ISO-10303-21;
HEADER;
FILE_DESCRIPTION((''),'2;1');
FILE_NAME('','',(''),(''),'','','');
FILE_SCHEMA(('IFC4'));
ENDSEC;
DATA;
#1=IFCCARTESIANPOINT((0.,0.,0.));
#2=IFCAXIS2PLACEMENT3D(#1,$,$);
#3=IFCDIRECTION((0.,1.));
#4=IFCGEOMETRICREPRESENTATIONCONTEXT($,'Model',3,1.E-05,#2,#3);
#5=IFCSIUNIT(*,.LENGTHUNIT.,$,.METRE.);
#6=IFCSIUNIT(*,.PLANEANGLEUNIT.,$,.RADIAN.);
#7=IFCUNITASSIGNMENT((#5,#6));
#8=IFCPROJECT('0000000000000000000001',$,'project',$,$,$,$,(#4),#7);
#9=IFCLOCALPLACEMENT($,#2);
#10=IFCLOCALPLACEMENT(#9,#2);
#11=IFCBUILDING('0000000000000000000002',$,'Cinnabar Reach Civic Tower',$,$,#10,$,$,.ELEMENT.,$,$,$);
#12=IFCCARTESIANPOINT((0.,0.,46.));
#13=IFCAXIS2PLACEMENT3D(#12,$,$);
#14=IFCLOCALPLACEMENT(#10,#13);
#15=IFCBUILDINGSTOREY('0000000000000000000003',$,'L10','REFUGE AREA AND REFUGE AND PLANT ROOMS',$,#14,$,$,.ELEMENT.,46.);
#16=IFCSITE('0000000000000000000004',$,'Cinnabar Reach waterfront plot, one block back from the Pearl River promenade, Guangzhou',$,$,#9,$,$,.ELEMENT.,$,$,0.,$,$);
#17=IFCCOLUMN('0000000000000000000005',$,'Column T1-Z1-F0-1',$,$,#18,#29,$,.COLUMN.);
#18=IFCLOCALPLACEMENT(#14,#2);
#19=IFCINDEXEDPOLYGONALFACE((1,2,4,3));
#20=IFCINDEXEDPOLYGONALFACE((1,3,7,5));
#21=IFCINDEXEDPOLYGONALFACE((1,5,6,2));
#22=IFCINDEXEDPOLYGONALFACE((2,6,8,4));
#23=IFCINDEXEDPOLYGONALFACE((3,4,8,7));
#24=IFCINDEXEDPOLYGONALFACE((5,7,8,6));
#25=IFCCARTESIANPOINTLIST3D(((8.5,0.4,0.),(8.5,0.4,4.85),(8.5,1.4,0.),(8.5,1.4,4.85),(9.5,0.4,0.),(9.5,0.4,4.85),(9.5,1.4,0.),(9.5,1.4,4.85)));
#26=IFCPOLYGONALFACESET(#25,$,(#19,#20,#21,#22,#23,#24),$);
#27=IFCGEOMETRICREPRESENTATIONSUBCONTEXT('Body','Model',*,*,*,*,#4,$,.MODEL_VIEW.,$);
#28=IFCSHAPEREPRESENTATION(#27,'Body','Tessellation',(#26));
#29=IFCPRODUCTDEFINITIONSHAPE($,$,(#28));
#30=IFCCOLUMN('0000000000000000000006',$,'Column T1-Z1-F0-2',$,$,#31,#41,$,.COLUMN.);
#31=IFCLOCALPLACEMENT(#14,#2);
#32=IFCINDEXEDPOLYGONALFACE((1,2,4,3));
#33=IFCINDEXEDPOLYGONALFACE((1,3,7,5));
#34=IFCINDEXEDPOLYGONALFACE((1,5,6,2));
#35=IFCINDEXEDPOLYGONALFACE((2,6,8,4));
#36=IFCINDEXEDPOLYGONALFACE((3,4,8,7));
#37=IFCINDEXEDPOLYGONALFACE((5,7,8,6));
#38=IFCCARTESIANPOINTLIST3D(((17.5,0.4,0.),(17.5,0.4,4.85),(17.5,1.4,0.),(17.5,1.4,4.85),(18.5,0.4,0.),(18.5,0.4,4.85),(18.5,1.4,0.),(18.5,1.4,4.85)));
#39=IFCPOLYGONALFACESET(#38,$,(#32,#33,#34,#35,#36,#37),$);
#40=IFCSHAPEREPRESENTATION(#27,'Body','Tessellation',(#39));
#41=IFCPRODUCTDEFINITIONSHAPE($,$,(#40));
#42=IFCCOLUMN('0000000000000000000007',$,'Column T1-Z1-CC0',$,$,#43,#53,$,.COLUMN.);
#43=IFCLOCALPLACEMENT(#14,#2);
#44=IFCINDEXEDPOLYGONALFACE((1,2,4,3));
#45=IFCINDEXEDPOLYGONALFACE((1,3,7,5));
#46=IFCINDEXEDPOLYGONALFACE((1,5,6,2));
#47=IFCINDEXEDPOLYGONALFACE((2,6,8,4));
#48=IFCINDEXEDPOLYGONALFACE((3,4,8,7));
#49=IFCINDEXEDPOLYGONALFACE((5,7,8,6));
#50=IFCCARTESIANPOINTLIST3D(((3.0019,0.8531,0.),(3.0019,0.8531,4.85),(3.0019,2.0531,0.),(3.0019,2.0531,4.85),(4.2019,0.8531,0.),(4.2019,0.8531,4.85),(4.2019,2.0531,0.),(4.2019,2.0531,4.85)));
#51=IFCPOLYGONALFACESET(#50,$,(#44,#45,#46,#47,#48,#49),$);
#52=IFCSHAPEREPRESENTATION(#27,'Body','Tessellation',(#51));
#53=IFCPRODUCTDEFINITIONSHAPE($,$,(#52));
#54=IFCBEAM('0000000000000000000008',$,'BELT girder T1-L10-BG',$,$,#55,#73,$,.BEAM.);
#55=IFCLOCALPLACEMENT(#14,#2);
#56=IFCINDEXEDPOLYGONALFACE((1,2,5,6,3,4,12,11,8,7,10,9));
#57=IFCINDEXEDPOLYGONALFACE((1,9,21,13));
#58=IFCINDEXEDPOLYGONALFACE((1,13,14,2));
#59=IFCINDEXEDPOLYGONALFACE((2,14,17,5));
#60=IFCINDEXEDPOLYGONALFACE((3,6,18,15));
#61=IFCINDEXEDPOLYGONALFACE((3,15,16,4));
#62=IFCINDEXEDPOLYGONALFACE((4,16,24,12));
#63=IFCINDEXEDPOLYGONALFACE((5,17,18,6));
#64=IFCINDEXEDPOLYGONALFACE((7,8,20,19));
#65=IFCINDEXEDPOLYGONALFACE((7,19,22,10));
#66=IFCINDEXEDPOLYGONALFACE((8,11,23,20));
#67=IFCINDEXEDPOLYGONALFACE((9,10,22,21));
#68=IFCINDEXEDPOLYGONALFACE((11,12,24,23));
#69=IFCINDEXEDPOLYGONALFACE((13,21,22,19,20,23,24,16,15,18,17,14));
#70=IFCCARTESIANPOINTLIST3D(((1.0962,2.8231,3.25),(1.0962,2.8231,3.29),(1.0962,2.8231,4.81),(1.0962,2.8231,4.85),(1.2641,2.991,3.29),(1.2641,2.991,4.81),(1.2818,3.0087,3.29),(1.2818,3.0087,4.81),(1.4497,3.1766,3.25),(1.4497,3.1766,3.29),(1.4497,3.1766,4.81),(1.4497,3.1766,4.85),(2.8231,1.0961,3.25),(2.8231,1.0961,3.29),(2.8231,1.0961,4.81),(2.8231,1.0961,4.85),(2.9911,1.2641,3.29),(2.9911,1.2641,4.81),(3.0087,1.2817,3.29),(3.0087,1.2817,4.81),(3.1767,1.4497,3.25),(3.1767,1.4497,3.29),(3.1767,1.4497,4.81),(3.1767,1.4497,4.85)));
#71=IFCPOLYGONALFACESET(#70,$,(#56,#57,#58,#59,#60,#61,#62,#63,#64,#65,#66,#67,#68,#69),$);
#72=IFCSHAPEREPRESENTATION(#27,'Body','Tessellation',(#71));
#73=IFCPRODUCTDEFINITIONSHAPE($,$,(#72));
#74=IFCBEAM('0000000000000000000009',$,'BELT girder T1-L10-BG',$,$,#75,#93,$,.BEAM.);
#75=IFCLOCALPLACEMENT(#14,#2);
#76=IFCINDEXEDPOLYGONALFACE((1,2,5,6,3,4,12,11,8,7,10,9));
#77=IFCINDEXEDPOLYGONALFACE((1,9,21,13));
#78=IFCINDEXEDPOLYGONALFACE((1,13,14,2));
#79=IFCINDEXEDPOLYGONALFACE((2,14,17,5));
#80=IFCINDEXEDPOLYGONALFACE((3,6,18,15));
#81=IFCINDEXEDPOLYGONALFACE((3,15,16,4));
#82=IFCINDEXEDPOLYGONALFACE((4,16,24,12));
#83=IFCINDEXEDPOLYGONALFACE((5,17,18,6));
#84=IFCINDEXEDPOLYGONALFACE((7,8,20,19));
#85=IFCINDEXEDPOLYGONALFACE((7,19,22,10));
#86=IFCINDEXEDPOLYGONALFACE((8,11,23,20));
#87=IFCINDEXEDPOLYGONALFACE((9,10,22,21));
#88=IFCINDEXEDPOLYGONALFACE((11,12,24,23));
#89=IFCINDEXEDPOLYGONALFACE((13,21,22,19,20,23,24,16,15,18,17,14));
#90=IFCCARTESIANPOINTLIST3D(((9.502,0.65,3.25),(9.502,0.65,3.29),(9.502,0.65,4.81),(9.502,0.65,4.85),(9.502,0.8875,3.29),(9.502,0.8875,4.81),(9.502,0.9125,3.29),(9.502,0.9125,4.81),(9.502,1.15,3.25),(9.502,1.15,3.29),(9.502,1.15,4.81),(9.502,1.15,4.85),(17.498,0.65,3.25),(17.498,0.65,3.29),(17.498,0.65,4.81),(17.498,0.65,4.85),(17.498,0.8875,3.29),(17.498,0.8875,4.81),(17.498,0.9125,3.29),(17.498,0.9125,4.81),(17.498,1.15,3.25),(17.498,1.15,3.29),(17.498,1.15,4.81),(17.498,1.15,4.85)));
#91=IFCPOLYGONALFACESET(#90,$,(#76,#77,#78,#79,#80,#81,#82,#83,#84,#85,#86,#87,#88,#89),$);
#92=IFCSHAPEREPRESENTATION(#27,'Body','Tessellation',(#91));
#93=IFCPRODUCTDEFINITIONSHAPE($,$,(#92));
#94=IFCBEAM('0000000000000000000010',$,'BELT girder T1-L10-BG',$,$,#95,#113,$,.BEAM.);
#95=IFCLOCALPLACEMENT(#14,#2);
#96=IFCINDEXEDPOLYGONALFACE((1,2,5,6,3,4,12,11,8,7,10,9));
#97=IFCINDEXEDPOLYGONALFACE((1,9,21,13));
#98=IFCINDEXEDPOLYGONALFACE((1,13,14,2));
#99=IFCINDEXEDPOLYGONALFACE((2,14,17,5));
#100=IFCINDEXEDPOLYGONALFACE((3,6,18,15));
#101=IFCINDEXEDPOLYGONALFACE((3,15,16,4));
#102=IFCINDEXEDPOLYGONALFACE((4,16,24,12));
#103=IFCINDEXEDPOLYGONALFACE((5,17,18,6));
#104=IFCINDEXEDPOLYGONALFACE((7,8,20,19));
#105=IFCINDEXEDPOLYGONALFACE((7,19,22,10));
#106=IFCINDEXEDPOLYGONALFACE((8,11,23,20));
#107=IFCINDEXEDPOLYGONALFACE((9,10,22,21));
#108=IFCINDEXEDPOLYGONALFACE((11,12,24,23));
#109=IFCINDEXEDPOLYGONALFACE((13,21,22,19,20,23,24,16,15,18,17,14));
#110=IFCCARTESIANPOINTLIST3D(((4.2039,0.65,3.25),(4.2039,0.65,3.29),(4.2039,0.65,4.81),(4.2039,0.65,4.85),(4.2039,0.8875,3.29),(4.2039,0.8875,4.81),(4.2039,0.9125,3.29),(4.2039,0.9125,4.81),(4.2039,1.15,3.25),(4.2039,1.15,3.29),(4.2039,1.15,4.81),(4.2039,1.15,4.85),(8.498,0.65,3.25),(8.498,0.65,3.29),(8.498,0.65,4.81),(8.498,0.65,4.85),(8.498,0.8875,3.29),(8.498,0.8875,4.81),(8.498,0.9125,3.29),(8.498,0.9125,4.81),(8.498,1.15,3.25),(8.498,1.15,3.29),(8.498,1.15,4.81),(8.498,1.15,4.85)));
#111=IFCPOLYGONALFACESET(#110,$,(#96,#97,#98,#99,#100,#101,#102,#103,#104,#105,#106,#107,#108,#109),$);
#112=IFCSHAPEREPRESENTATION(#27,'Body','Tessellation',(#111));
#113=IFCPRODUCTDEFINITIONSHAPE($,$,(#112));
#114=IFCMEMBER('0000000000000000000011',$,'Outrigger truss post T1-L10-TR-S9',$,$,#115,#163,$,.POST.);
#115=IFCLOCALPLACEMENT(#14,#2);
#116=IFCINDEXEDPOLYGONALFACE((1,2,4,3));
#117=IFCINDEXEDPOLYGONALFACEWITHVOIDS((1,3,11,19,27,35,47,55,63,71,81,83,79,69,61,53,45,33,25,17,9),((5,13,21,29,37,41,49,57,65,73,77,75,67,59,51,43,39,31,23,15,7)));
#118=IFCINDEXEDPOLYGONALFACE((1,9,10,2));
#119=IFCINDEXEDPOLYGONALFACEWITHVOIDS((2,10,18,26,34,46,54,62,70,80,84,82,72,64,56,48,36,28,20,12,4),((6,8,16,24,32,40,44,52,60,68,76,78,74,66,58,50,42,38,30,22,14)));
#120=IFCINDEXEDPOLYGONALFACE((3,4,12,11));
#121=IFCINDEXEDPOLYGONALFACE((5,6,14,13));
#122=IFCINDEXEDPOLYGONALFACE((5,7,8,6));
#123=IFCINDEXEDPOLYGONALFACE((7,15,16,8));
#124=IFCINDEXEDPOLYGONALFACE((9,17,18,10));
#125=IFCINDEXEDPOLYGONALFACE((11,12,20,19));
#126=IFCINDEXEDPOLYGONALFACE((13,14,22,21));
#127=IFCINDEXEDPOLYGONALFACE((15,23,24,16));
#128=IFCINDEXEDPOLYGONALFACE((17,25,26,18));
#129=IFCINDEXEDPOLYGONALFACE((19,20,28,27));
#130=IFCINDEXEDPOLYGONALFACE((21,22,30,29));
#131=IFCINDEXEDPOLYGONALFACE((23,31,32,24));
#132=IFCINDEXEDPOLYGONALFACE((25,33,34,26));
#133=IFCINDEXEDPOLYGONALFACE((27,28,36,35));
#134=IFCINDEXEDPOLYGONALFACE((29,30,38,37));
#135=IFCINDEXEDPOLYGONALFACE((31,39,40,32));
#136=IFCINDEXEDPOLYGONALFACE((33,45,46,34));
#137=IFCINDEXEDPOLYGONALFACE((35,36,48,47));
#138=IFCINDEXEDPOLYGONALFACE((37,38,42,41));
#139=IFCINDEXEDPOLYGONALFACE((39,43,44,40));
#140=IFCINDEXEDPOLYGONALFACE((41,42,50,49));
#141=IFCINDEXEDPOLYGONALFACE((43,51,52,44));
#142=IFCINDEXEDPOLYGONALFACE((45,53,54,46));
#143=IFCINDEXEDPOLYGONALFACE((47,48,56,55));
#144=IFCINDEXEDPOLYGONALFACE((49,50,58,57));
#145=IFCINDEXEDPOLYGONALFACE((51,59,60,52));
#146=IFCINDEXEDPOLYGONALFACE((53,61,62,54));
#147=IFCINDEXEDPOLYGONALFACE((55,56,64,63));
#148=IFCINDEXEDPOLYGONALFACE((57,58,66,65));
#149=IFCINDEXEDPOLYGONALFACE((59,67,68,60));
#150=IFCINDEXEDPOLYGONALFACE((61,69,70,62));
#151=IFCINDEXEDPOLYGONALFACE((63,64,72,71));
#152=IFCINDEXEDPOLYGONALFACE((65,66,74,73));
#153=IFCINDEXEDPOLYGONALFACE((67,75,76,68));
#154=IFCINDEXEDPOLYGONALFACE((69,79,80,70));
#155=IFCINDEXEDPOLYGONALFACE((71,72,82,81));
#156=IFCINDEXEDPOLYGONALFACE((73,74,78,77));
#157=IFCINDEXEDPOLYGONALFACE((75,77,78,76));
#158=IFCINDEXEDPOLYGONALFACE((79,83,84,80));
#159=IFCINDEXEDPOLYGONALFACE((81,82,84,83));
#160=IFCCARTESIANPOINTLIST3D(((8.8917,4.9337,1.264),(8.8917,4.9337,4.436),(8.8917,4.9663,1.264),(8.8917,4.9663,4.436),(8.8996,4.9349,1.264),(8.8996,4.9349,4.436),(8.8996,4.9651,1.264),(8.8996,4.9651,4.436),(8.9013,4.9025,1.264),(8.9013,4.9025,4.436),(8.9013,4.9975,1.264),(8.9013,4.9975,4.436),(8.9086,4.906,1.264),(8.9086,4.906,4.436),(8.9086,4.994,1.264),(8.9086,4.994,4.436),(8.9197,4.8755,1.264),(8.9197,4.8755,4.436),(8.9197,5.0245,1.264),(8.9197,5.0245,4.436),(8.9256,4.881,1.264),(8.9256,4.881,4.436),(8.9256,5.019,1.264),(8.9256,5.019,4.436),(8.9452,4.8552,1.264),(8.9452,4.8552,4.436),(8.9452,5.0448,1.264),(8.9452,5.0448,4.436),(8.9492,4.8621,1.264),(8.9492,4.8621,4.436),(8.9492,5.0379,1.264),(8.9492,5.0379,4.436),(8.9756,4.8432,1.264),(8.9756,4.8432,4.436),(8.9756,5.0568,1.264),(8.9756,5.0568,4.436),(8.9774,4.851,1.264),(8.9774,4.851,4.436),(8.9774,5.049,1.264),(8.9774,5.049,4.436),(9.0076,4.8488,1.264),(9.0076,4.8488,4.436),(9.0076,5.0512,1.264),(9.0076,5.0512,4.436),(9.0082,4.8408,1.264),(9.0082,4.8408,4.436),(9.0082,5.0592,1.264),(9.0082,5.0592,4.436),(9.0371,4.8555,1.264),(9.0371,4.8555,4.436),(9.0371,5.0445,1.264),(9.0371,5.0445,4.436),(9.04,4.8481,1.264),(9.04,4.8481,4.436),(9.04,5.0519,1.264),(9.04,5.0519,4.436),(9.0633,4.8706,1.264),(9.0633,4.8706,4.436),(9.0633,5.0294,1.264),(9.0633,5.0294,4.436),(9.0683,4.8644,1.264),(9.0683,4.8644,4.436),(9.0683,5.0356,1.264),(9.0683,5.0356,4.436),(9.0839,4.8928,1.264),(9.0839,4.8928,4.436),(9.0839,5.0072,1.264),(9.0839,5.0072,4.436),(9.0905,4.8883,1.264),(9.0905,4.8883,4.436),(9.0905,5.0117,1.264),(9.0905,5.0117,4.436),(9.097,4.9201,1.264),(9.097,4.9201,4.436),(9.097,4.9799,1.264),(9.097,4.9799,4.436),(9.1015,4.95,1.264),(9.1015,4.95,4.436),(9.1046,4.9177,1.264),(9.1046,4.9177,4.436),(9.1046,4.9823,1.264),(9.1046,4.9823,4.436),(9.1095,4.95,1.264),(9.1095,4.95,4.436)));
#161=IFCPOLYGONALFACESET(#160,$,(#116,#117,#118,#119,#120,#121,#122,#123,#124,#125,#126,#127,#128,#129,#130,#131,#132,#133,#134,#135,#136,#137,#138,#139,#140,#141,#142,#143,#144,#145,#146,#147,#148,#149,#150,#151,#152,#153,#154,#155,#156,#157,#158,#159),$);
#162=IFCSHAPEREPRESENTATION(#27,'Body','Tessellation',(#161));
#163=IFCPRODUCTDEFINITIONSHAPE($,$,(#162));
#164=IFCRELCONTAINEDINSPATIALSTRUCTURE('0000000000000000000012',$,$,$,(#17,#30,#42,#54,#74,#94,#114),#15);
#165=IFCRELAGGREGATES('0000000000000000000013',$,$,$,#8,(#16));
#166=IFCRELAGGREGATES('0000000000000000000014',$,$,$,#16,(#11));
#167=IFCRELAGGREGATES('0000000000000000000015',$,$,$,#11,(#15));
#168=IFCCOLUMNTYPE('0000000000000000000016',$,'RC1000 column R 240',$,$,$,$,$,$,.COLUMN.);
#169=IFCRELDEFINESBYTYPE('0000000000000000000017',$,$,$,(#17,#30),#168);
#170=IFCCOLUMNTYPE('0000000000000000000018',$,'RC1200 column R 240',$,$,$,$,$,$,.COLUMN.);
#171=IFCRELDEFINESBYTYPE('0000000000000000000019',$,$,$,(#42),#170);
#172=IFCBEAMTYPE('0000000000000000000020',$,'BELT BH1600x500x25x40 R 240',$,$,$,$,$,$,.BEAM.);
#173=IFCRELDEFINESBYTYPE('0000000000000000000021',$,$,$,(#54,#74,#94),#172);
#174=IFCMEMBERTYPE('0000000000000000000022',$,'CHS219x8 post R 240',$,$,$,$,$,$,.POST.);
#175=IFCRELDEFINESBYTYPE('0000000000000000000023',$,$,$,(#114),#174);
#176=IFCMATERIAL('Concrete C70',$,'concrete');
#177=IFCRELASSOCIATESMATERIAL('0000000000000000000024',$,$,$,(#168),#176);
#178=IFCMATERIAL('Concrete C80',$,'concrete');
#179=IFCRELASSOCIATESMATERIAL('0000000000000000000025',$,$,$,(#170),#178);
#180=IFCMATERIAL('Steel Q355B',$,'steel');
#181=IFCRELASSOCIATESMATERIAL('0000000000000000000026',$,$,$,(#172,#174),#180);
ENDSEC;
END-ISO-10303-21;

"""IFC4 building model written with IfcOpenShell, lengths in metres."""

from ifc_helpers import new_model, si_unit, direction, frame, origin, origin_2d, place, context, subcontext, project, spatial, rectangle, hollow_circle, i_section, extrude, material, material_profile, profile_set, type_object, element, save


model = new_model("IFC4")

# Units and contexts
model_context = context("Model", 3, precision=1e-05, world=origin(), true_north=direction((0.0, 1.0)))
body_context = subcontext(model_context, "Body", "Model", "MODEL_VIEW")
ifc_project = project(units=[si_unit("LENGTHUNIT", "METRE"), si_unit("PLANEANGLEUNIT", "RADIAN")], contexts=[model_context])

# Site, building, storey
site_placement = place(None, origin())
site = spatial("IfcSite", under=ifc_project, at=site_placement, Name="Cinnabar Reach waterfront plot, one block back from the Pearl River promenade, Guangzhou", CompositionType="ELEMENT", RefElevation=0.0)
building_placement = place(site_placement, origin())
building = spatial("IfcBuilding", under=site, at=building_placement, Name="Cinnabar Reach Civic Tower", CompositionType="ELEMENT")
storey_placement = place(building_placement, frame((0.0, 0.0, 46.0)))
storey = spatial("IfcBuildingStorey", under=building, at=storey_placement, Name="L10", Description="REFUGE AREA AND REFUGE AND PLANT ROOMS", CompositionType="ELEMENT", Elevation=46.0)

# Columns
ifc_material_1 = material(Name="Concrete C70", Category="concrete")
ifc_material_profile_1 = material_profile(ifc_material_1, rectangle(XDim=1.0, YDim=1.0, at=origin_2d()), Name="RC1000")
ifc_profile_set_1 = profile_set([ifc_material_profile_1], Name="Concrete C70")
column_type_1 = type_object("IfcColumnType", Name="RC1000 column R 240", PredefinedType="COLUMN", material=ifc_profile_set_1)
for number, where, z_axis, x_axis, name in (
    (1, (9.0, 0.9, 0.0), (0.0, 0.0, 1.0), (1.0, 0.0, 0.0), "Column T1-Z1-F0-1"),
    (2, (18.0, 0.9, 0.0), (0.0, 0.0, 1.0), (1.0, 0.0, 0.0), "Column T1-Z1-F0-2"),
):
    element("IfcColumn", number, at=place(storey_placement, frame(where, z_axis=z_axis, x_axis=x_axis)), inside=storey, type_object=column_type_1, Name=name, PredefinedType="COLUMN", context=body_context, shape_type="SweptSolid", body=[
        extrude(rectangle(XDim=1.0, YDim=1.0, at=origin_2d()), origin(), (0.0, 0.0, 1.0), 4.85),
    ])
ifc_material_2 = material(Name="Concrete C80", Category="concrete")
ifc_material_profile_2 = material_profile(ifc_material_2, rectangle(XDim=1.2, YDim=1.2, at=origin_2d()), Name="RC1200")
ifc_profile_set_2 = profile_set([ifc_material_profile_2], Name="Concrete C80")
column_type_2 = type_object("IfcColumnType", Name="RC1200 column R 240", PredefinedType="COLUMN", material=ifc_profile_set_2)
column_placement = place(storey_placement, frame((3.6019, 1.4531, 0.0), z_axis=(0.0, 0.0, 1.0), x_axis=(1.0, 0.0, 0.0)))
element("IfcColumn", 3, at=column_placement, inside=storey, type_object=column_type_2, Name="Column T1-Z1-CC0", PredefinedType="COLUMN", context=body_context, shape_type="SweptSolid", body=[
    extrude(rectangle(XDim=1.2, YDim=1.2, at=origin_2d()), origin(), (0.0, 0.0, 1.0), 4.85),
])

# Beams
ifc_material_3 = material(Name="Steel Q355B", Category="steel")
ifc_material_profile_3 = material_profile(ifc_material_3, i_section(OverallWidth=0.5, OverallDepth=1.6, WebThickness=0.025, FlangeThickness=0.04, at=origin_2d()), Name="BH1600x500x25x40")
ifc_profile_set_3 = profile_set([ifc_material_profile_3], Name="Steel Q355B")
beam_type_1 = type_object("IfcBeamType", Name="BELT BH1600x500x25x40 R 240", PredefinedType="BEAM", material=ifc_profile_set_3)
beam_1_placement = place(storey_placement, frame((2.9999, 1.2729, 4.05), z_axis=(-0.707107, 0.707107, 0.0), x_axis=(-0.707107, -0.707107, 0.0)))
element("IfcBeam", 4, at=beam_1_placement, inside=storey, type_object=beam_type_1, Name="BELT girder T1-L10-BG", PredefinedType="BEAM", context=body_context, shape_type="SweptSolid", body=[
    extrude(i_section(OverallWidth=0.5, OverallDepth=1.6, WebThickness=0.025, FlangeThickness=0.04, at=origin_2d()), origin(), (0.0, 0.0, 1.0), 2.4423),
])
beam_2_placement = place(storey_placement, frame((17.498, 0.9, 4.05), z_axis=(-1.0, 0.0, 0.0), x_axis=(0.0, -1.0, 0.0)))
element("IfcBeam", 5, at=beam_2_placement, inside=storey, type_object=beam_type_1, Name="BELT girder T1-L10-BG", PredefinedType="BEAM", context=body_context, shape_type="SweptSolid", body=[
    extrude(i_section(OverallWidth=0.5, OverallDepth=1.6, WebThickness=0.025, FlangeThickness=0.04, at=origin_2d()), origin(), (0.0, 0.0, 1.0), 7.996),
])
beam_3_placement = place(storey_placement, frame((8.498, 0.9, 4.05), z_axis=(-1.0, 0.0, 0.0), x_axis=(0.0, -1.0, 0.0)))
element("IfcBeam", 6, at=beam_3_placement, inside=storey, type_object=beam_type_1, Name="BELT girder T1-L10-BG", PredefinedType="BEAM", context=body_context, shape_type="SweptSolid", body=[
    extrude(i_section(OverallWidth=0.5, OverallDepth=1.6, WebThickness=0.025, FlangeThickness=0.04, at=origin_2d()), origin(), (0.0, 0.0, 1.0), 4.2941),
])

# Member
ifc_material_profile_4 = material_profile(ifc_material_3, hollow_circle(Radius=0.1095, WallThickness=0.008, at=origin_2d()), Name="CHS219x8")
ifc_profile_set_4 = profile_set([ifc_material_profile_4], Name="Steel Q355B")
member_type_1 = type_object("IfcMemberType", Name="CHS219x8 post R 240", PredefinedType="POST", material=ifc_profile_set_4)
member_1_placement = place(storey_placement, frame((9.0, 4.95, 1.264), z_axis=(0.0, 0.0, 1.0), x_axis=(1.0, 0.0, 0.0)))
element("IfcMember", 7, at=member_1_placement, inside=storey, type_object=member_type_1, Name="Outrigger truss post T1-L10-TR-S9", PredefinedType="POST", context=body_context, shape_type="SweptSolid", body=[
    extrude(hollow_circle(Radius=0.1095, WallThickness=0.008, at=origin_2d()), origin(), (0.0, 0.0, 1.0), 3.172),
])

save(model, "model.ifc")
